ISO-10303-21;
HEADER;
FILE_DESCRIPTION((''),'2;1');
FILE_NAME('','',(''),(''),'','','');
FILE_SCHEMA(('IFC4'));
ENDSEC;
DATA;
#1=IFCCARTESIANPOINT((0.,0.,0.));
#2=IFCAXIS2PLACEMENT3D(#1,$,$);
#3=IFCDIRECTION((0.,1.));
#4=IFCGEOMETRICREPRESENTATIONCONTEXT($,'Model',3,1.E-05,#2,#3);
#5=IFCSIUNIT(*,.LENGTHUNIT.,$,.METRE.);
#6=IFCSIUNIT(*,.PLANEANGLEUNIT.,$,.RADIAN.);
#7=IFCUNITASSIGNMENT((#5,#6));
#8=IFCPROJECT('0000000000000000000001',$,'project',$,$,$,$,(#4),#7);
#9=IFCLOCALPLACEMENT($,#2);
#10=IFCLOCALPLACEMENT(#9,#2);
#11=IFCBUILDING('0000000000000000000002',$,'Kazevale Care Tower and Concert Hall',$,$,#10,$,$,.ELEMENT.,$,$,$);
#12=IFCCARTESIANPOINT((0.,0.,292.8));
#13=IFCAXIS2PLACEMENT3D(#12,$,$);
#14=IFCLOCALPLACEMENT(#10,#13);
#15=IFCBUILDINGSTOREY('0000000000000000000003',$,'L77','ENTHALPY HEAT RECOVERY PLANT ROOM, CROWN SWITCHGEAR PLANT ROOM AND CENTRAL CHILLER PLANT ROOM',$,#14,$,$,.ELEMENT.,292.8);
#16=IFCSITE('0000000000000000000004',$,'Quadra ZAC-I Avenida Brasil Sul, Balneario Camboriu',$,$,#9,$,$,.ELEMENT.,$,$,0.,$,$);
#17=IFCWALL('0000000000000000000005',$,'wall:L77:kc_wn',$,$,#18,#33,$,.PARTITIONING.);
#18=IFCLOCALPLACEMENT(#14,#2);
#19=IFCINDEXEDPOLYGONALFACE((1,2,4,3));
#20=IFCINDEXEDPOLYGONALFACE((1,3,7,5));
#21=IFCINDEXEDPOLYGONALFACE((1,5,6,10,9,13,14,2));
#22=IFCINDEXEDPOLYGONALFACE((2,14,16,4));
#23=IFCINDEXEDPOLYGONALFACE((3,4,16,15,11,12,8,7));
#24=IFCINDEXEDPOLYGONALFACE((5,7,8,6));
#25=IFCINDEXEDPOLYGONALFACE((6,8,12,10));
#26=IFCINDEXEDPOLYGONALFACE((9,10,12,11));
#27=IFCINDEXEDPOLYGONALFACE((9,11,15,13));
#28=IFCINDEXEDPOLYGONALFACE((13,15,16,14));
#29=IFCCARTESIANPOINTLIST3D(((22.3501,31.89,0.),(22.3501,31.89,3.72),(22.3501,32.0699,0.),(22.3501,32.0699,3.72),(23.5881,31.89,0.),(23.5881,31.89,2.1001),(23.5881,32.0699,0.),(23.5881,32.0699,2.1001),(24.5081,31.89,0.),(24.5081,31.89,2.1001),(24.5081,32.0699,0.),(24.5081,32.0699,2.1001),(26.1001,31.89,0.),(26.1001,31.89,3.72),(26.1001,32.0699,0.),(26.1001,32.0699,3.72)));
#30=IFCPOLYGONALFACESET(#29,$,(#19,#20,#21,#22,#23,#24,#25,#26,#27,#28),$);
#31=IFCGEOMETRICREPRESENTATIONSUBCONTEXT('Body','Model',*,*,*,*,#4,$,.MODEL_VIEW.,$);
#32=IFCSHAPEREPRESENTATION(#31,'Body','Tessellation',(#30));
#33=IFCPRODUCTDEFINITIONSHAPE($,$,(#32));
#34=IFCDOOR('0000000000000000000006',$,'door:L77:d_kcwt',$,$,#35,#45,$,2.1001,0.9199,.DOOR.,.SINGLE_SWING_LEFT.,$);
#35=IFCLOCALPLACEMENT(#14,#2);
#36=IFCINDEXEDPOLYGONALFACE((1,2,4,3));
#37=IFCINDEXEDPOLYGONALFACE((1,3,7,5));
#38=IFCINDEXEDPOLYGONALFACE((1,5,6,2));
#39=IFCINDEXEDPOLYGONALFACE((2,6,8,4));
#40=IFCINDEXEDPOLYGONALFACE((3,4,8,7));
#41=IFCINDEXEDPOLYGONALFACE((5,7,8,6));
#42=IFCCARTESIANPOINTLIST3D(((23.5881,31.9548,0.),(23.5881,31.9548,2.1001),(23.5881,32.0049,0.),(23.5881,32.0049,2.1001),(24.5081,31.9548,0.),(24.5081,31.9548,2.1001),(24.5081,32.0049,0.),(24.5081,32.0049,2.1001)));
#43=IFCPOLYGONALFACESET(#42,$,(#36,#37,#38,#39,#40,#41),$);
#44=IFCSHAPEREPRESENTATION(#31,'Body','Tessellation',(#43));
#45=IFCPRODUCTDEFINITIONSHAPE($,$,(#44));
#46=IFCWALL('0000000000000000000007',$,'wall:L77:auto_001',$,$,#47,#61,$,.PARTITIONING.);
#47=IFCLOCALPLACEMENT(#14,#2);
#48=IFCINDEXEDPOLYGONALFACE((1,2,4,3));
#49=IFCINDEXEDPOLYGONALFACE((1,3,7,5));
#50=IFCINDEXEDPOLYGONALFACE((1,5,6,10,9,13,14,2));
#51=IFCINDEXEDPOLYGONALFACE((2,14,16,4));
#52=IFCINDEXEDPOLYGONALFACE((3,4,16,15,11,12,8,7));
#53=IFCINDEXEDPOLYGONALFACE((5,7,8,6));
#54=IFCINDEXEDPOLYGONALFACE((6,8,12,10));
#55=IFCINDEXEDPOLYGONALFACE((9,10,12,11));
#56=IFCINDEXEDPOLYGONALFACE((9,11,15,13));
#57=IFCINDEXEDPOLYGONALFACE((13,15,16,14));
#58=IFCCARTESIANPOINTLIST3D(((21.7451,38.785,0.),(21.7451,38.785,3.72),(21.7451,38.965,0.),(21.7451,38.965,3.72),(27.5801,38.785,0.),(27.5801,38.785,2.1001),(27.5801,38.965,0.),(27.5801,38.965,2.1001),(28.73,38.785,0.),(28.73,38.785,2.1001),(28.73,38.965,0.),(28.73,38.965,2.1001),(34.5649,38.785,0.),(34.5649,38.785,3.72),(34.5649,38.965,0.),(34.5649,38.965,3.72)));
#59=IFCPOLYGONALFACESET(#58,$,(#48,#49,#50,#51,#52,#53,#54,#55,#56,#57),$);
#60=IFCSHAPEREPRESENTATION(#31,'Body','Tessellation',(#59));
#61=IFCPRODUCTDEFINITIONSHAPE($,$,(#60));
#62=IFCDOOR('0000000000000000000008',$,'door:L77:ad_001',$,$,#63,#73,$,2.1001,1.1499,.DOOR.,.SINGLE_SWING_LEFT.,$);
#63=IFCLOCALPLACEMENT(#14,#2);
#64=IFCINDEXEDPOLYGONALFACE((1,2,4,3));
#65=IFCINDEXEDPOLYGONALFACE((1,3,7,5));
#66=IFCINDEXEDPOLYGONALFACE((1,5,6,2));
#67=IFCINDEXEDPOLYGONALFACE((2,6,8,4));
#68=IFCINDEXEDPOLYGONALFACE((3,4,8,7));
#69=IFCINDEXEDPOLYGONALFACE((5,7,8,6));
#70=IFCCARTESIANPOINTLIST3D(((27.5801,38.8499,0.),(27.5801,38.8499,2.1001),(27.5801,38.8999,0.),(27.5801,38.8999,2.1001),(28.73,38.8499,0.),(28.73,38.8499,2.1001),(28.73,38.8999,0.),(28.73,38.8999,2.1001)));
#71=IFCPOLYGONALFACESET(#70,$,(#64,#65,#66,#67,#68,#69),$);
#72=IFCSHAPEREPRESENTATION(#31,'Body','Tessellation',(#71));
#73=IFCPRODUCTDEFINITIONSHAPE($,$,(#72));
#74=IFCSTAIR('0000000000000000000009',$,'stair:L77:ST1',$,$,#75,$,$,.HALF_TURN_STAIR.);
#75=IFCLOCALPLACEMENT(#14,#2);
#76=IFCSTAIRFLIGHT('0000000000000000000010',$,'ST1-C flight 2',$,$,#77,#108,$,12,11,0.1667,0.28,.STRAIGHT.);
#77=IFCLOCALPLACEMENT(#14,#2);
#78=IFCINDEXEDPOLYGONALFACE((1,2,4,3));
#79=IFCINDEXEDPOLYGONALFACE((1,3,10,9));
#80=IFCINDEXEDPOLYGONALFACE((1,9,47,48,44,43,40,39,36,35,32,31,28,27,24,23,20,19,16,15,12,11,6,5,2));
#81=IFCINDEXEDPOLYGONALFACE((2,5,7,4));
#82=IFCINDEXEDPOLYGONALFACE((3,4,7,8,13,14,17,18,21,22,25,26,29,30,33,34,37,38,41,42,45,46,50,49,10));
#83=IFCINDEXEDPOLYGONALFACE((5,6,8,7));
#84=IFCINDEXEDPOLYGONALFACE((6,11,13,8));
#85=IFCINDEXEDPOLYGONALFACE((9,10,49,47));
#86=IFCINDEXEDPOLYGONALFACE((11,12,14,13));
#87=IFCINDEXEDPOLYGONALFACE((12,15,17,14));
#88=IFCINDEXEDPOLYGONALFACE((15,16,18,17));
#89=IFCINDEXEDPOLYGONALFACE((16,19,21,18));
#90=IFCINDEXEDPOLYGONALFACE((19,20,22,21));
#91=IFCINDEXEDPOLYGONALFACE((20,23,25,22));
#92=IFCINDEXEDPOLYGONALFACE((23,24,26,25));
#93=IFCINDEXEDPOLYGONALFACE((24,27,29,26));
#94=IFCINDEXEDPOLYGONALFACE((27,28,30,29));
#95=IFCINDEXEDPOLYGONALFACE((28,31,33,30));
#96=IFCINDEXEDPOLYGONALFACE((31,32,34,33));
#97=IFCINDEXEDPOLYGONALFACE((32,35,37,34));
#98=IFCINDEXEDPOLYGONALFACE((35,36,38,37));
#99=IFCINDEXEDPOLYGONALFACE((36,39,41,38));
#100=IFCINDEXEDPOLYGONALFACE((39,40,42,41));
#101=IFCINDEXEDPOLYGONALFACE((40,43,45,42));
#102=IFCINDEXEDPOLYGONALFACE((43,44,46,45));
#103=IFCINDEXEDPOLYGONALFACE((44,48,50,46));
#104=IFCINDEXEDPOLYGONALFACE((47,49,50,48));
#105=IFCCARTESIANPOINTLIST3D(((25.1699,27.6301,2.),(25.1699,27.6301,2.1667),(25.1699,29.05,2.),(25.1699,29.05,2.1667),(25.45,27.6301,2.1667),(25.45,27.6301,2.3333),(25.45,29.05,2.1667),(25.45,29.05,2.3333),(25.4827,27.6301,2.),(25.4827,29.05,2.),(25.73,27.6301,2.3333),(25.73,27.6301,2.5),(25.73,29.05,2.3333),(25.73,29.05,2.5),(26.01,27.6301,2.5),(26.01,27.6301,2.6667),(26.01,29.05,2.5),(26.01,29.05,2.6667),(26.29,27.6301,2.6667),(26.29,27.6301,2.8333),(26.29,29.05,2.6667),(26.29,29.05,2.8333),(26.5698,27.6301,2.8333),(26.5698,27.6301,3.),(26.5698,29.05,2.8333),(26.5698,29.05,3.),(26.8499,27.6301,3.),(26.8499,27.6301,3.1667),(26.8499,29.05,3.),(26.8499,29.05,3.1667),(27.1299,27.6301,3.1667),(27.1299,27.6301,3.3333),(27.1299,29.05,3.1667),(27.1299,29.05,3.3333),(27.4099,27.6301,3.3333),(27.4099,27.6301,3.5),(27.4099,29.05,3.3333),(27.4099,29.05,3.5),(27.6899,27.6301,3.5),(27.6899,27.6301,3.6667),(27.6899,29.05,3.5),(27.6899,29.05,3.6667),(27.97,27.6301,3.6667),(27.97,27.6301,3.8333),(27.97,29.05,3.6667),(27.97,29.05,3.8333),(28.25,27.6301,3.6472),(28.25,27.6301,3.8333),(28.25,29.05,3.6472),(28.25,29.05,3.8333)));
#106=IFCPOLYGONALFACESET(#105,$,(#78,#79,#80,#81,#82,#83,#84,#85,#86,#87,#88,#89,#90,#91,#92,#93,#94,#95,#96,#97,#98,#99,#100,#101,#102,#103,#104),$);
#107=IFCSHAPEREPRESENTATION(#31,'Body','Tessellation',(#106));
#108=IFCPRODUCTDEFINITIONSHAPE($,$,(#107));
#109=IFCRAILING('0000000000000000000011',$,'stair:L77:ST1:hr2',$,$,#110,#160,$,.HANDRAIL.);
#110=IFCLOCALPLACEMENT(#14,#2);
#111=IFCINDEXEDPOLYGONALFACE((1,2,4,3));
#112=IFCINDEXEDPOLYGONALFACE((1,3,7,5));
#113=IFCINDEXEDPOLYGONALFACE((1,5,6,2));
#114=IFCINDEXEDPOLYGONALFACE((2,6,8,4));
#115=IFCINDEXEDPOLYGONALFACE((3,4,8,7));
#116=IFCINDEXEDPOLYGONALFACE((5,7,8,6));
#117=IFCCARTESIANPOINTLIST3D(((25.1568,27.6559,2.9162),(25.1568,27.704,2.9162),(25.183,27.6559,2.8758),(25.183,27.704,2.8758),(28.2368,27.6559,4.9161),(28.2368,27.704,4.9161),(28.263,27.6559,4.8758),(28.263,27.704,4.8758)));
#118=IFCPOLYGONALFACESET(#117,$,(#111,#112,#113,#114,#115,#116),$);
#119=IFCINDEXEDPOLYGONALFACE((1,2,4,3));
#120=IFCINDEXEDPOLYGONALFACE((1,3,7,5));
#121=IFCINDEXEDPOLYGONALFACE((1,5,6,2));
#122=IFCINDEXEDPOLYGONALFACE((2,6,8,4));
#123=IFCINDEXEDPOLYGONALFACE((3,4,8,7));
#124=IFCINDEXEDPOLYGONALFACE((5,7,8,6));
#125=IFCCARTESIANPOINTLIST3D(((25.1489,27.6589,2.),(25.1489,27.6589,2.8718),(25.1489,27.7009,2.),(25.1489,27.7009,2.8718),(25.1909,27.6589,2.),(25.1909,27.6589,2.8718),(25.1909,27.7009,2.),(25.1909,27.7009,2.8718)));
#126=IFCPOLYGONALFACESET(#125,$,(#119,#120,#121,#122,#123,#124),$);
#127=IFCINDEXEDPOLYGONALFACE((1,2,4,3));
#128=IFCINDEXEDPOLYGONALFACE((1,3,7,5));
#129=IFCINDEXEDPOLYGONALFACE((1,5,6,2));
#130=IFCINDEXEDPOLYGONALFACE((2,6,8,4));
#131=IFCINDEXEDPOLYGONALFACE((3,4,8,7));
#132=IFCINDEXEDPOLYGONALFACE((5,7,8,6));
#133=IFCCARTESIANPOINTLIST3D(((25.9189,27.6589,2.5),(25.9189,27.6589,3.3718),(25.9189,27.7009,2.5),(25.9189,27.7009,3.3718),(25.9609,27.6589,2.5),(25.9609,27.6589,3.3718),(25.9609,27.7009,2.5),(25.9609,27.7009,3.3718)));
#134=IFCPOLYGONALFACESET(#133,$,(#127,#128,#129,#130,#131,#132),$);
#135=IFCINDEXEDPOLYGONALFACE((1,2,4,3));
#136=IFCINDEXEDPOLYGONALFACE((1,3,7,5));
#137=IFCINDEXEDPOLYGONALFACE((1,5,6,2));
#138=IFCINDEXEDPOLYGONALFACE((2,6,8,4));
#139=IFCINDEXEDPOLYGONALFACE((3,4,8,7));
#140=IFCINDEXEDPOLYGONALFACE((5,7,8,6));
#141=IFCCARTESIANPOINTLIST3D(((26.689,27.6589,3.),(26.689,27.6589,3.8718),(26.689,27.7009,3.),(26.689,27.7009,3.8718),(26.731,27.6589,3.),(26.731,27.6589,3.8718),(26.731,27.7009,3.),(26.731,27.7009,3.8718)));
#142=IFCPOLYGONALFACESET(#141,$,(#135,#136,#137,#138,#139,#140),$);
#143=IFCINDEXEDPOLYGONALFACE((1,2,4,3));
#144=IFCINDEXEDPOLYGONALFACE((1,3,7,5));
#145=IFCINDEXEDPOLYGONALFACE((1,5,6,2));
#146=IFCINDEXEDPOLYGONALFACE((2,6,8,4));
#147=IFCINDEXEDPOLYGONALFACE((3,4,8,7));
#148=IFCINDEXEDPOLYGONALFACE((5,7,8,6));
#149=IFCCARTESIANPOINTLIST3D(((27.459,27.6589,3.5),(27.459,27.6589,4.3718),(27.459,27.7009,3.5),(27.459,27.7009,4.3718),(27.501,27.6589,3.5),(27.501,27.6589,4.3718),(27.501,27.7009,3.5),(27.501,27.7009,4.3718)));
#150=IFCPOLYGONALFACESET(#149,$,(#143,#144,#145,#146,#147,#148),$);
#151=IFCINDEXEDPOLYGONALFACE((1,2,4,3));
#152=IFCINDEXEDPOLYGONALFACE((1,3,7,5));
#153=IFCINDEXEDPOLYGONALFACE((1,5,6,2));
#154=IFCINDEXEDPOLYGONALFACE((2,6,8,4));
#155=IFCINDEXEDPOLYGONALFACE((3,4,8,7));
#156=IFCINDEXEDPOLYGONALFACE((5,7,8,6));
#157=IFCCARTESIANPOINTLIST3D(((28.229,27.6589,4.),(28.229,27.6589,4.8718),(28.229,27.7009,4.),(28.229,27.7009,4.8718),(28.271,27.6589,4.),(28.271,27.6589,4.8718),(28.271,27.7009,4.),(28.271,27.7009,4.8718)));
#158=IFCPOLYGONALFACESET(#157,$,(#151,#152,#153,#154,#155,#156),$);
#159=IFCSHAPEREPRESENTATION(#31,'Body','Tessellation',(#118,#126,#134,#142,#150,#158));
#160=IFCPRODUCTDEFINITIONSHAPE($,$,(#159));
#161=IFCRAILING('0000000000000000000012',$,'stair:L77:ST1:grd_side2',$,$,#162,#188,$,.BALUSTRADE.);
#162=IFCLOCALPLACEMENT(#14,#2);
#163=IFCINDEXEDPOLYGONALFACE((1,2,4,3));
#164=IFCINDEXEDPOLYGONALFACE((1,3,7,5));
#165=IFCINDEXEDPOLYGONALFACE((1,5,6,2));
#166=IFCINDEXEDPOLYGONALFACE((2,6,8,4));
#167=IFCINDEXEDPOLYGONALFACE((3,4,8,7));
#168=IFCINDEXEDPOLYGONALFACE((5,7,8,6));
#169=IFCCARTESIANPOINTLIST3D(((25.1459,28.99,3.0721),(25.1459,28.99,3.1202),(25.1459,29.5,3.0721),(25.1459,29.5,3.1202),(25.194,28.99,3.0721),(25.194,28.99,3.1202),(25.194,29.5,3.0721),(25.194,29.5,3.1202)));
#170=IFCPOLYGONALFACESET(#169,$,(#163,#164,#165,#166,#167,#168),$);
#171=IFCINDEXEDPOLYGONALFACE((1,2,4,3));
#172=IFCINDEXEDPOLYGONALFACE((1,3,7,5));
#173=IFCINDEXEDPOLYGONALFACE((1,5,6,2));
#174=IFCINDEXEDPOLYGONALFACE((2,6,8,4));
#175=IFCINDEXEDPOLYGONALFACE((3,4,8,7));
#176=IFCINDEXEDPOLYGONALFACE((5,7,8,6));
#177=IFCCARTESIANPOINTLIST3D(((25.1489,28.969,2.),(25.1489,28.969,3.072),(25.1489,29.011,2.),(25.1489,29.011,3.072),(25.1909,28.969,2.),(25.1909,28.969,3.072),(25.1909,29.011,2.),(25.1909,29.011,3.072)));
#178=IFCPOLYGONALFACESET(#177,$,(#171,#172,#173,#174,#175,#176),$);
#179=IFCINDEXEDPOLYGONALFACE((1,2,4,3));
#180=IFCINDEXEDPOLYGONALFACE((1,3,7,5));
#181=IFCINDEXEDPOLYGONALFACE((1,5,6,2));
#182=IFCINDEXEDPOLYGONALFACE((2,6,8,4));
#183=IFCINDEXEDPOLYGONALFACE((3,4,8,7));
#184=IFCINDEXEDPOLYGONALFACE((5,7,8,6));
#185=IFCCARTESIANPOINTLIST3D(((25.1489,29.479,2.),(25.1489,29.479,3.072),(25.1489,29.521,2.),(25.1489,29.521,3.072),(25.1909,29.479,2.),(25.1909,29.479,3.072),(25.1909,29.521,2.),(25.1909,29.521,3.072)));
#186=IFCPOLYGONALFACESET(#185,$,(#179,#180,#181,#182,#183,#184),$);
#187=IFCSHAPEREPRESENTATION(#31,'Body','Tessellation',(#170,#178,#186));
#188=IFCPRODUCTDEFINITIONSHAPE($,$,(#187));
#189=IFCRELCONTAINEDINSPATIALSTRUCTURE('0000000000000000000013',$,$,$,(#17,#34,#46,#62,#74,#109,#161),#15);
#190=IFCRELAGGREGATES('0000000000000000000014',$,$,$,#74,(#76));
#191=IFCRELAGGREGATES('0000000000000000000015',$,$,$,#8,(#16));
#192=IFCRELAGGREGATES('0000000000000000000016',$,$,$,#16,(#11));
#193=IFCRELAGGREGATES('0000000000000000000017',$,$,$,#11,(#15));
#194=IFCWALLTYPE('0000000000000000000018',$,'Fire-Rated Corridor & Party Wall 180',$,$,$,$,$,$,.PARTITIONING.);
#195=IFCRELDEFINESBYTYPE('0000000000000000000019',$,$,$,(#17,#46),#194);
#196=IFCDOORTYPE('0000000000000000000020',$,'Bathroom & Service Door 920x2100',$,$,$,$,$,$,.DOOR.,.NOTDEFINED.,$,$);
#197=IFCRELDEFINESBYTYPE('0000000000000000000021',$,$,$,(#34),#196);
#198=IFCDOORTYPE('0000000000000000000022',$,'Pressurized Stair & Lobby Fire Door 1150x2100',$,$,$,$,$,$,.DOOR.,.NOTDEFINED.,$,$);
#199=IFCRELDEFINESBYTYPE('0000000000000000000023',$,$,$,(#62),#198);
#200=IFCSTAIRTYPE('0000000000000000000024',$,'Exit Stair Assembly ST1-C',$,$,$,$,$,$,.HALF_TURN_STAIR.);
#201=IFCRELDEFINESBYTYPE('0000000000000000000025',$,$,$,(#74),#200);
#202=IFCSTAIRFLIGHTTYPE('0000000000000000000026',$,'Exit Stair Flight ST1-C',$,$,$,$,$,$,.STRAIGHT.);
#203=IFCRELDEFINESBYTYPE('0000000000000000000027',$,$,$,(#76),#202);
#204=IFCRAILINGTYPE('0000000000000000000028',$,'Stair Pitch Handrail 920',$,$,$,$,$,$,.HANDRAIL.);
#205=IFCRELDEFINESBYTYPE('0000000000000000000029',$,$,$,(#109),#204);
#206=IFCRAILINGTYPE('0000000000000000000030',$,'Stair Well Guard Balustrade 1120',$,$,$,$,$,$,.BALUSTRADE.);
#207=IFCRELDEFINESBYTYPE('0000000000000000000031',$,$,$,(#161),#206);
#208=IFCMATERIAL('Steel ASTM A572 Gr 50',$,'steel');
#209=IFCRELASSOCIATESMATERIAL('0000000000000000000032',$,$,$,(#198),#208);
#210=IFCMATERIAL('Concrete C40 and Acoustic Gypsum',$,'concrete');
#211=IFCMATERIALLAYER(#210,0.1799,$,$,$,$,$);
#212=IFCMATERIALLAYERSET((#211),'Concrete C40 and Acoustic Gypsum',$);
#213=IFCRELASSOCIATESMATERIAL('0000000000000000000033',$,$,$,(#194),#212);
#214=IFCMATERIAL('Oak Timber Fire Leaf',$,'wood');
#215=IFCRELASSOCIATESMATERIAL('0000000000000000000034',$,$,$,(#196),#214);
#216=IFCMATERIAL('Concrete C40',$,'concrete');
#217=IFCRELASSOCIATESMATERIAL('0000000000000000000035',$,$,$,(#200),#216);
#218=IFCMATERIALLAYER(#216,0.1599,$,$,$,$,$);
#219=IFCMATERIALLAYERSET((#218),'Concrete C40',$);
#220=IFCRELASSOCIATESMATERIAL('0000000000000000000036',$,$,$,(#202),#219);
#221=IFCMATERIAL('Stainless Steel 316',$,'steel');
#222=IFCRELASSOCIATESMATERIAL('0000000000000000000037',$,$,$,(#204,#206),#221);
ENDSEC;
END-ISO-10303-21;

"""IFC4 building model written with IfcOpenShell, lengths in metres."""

from ifc_helpers import new_model, si_unit, direction, frame, frame_2d, origin, origin_2d, place, context, subcontext, project, spatial, polyline, rectangle, outline, extrude, material, layer, layer_set, type_object, element, fill, aggregate, save


model = new_model("IFC4")

# Units and contexts
model_context = context("Model", 3, precision=1e-05, world=origin(), true_north=direction((0.0, 1.0)))
body_context = subcontext(model_context, "Body", "Model", "MODEL_VIEW")
ifc_project = project(units=[si_unit("LENGTHUNIT", "METRE"), si_unit("PLANEANGLEUNIT", "RADIAN")], contexts=[model_context])

# Site, building, storey
site_placement = place(None, origin())
site = spatial("IfcSite", under=ifc_project, at=site_placement, Name="Quadra ZAC-I Avenida Brasil Sul, Balneario Camboriu", CompositionType="ELEMENT", RefElevation=0.0)
building_placement = place(site_placement, origin())
building = spatial("IfcBuilding", under=site, at=building_placement, Name="Kazevale Care Tower and Concert Hall", CompositionType="ELEMENT")
storey_placement = place(building_placement, frame((0.0, 0.0, 292.8)))
storey = spatial("IfcBuildingStorey", under=building, at=storey_placement, Name="L77", Description="ENTHALPY HEAT RECOVERY PLANT ROOM, CROWN SWITCHGEAR PLANT ROOM AND CENTRAL CHILLER PLANT ROOM", CompositionType="ELEMENT", Elevation=292.8)

# Shared definitions
ifc_material_1 = material(Name="Steel ASTM A572 Gr 50", Category="steel")

# Shared definitions
door_type_1 = type_object("IfcDoorType", Name="Pressurized Stair & Lobby Fire Door 1150x2100", OperationType="NOTDEFINED", PredefinedType="DOOR", material=ifc_material_1)

# Shared definitions
ifc_material_2 = material(Name="Concrete C40", Category="concrete")

# Shared definitions
ifc_material_3 = material(Name="Stainless Steel 316", Category="steel")

# Walls, openings, doors
ifc_material_4 = material(Name="Concrete C40 and Acoustic Gypsum", Category="concrete")
ifc_layer_1 = layer(ifc_material_4, 0.1799)
ifc_layer_set_1 = layer_set([ifc_layer_1], Name="Concrete C40 and Acoustic Gypsum")
wall_type_1 = type_object("IfcWallType", Name="Fire-Rated Corridor & Party Wall 180", PredefinedType="PARTITIONING", material=ifc_layer_set_1)
ifc_material_5 = material(Name="Oak Timber Fire Leaf", Category="wood")
door_type_2 = type_object("IfcDoorType", Name="Bathroom & Service Door 920x2100", OperationType="NOTDEFINED", PredefinedType="DOOR", material=ifc_material_5)
wall_1_placement = place(storey_placement, frame((22.3501, 31.98, 0.0), z_axis=(0.0, 0.0, 1.0), x_axis=(1.0, 0.0, 0.0)))
wall_1 = element("IfcWall", 1, at=wall_1_placement, inside=storey, type_object=wall_type_1, Name="wall:L77:kc_wn", PredefinedType="PARTITIONING", context=body_context, shape_type="SweptSolid", body=[
    extrude(rectangle(XDim=3.75, YDim=0.1799, at=frame_2d((1.875, 0.0))), origin(), (0.0, 0.0, 1.0), 3.72),
])
opening_1_placement = place(wall_1_placement, frame((1.238, 0.0, 0.0)))
opening_1 = element("IfcOpeningElement", 2, at=opening_1_placement, cuts=wall_1, PredefinedType="OPENING", context=body_context, shape_type="SweptSolid", body=[
    extrude(rectangle(XDim=0.9199, YDim=2.1001, at=frame_2d((0.46, 1.05))), frame((0.0, 0.0999, 0.0), z_axis=(0.0, -1.0, 0.0), x_axis=(1.0, 0.0, 0.0)), (0.0, 0.0, 1.0), 0.2),
])
door_1_placement = place(opening_1_placement, origin())
door_1 = element("IfcDoor", 3, at=door_1_placement, inside=storey, type_object=door_type_2, Name="door:L77:d_kcwt", OperationType="SINGLE_SWING_LEFT", OverallHeight=2.1001, OverallWidth=0.9199, PredefinedType="DOOR", context=body_context, shape_type="SweptSolid", body=[
    extrude(rectangle(XDim=0.9199, YDim=2.1001, at=frame_2d((0.46, 1.05))), frame((0.0, 0.0249, 0.0), z_axis=(0.0, -1.0, 0.0), x_axis=(1.0, 0.0, 0.0)), (0.0, 0.0, 1.0), 0.05),
])
fill(opening_1, door_1)
wall_2_placement = place(storey_placement, frame((21.7451, 38.875, 0.0), z_axis=(0.0, 0.0, 1.0), x_axis=(1.0, 0.0, 0.0)))
wall_2 = element("IfcWall", 4, at=wall_2_placement, inside=storey, type_object=wall_type_1, Name="wall:L77:auto_001", PredefinedType="PARTITIONING", context=body_context, shape_type="SweptSolid", body=[
    extrude(rectangle(XDim=12.8198, YDim=0.1799, at=frame_2d((6.4099, 0.0))), origin(), (0.0, 0.0, 1.0), 3.72),
])
opening_2_placement = place(wall_2_placement, frame((5.835, 0.0, 0.0)))
opening_2 = element("IfcOpeningElement", 5, at=opening_2_placement, cuts=wall_2, PredefinedType="OPENING", context=body_context, shape_type="SweptSolid", body=[
    extrude(rectangle(XDim=1.1499, YDim=2.1001, at=frame_2d((0.575, 1.05))), frame((0.0, 0.0999, 0.0), z_axis=(0.0, -1.0, 0.0), x_axis=(1.0, 0.0, 0.0)), (0.0, 0.0, 1.0), 0.2),
])
door_2_placement = place(opening_2_placement, origin())
door_2 = element("IfcDoor", 6, at=door_2_placement, inside=storey, type_object=door_type_1, Name="door:L77:ad_001", OperationType="SINGLE_SWING_LEFT", OverallHeight=2.1001, OverallWidth=1.1499, PredefinedType="DOOR", context=body_context, shape_type="SweptSolid", body=[
    extrude(rectangle(XDim=1.1499, YDim=2.1001, at=frame_2d((0.575, 1.05))), frame((0.0, 0.0249, 0.0), z_axis=(0.0, -1.0, 0.0), x_axis=(1.0, 0.0, 0.0)), (0.0, 0.0, 1.0), 0.05),
])
fill(opening_2, door_2)

# Stair, stair flight
stair_type = type_object("IfcStairType", Name="Exit Stair Assembly ST1-C", PredefinedType="HALF_TURN_STAIR", material=ifc_material_2)
stair_placement = place(storey_placement, origin())
stair = element("IfcStair", 7, at=stair_placement, inside=storey, type_object=stair_type, Name="stair:L77:ST1", PredefinedType="HALF_TURN_STAIR")
ifc_layer_2 = layer(ifc_material_2, 0.1599)
ifc_layer_set_2 = layer_set([ifc_layer_2], Name="Concrete C40")
stair_flight_type = type_object("IfcStairFlightType", Name="Exit Stair Flight ST1-C", PredefinedType="STRAIGHT", material=ifc_layer_set_2)
stair_flight_placement = place(storey_placement, frame((25.1699, 28.3401, 2.0), z_axis=(0.0, 0.0, 1.0), x_axis=(1.0, 0.0, 0.0)))
stair_flight = element("IfcStairFlight", 8, at=stair_flight_placement, type_object=stair_flight_type, Name="ST1-C flight 2", NumberOfRisers=12, NumberOfTreads=11, PredefinedType="STRAIGHT", RiserHeight=0.1667, TreadLength=0.28, context=body_context, shape_type="SweptSolid", body=[
    extrude(outline(polyline([(0.0, 0.0), (0.0, 0.1667), (0.28, 0.1667), (0.28, 0.3333), (0.5601, 0.3333), (0.5601, 0.5), (0.8401, 0.5), (0.8401, 0.6667), (1.1201, 0.6667), (1.1201, 0.8333), (1.3999, 0.8333), (1.3999, 1.0), (1.6799, 1.0), (1.6799, 1.1667), (1.96, 1.1667), (1.96, 1.3333), (2.24, 1.3333), (2.24, 1.5), (2.52, 1.5), (2.52, 1.6667), (2.8, 1.6667), (2.8, 1.8333), (3.0801, 1.8333), (3.0801, 2.0), (3.0801, 1.6472), (0.3127, 0.0), (0.0, 0.0)])), frame((0.0, 0.71, 0.0), z_axis=(0.0, -1.0, 0.0), x_axis=(1.0, 0.0, 0.0)), (0.0, 0.0, 1.0), 1.4199),
])
aggregate(stair, [stair_flight])

# Railings
railing_type_1 = type_object("IfcRailingType", Name="Stair Pitch Handrail 920", PredefinedType="HANDRAIL", material=ifc_material_3)
railing_1_placement = place(storey_placement, frame((25.1699, 27.6799, 2.0)))
element("IfcRailing", 9, at=railing_1_placement, inside=storey, type_object=railing_type_1, Name="stair:L77:ST1:hr2", PredefinedType="HANDRAIL", context=body_context, shape_type="SweptSolid", body=[
    extrude(rectangle(XDim=0.0481, YDim=0.0481, at=origin_2d()), frame((0.0, 0.0, 0.896), z_axis=(0.838699, 0.0, 0.544596), x_axis=(0.0, 1.0, 0.0)), (0.0, 0.0, 1.0), 3.6724),
    extrude(rectangle(XDim=0.042, YDim=0.042, at=origin_2d()), origin(), (0.0, 0.0, 1.0), 0.8718),
    extrude(rectangle(XDim=0.042, YDim=0.042, at=origin_2d()), frame((0.77, 0.0, 0.5)), (0.0, 0.0, 1.0), 0.8718),
    extrude(rectangle(XDim=0.042, YDim=0.042, at=origin_2d()), frame((1.54, 0.0, 1.0)), (0.0, 0.0, 1.0), 0.8718),
    extrude(rectangle(XDim=0.042, YDim=0.042, at=origin_2d()), frame((2.3101, 0.0, 1.5)), (0.0, 0.0, 1.0), 0.8718),
    extrude(rectangle(XDim=0.042, YDim=0.042, at=origin_2d()), frame((3.0801, 0.0, 2.0)), (0.0, 0.0, 1.0), 0.8718),
])
railing_type_2 = type_object("IfcRailingType", Name="Stair Well Guard Balustrade 1120", PredefinedType="BALUSTRADE", material=ifc_material_3)
railing_2_placement = place(storey_placement, frame((25.1699, 28.99, 2.0)))
element("IfcRailing", 10, at=railing_2_placement, inside=storey, type_object=railing_type_2, Name="stair:L77:ST1:grd_side2", PredefinedType="BALUSTRADE", context=body_context, shape_type="SweptSolid", body=[
    extrude(rectangle(XDim=0.0481, YDim=0.0481, at=origin_2d()), frame((0.0, 0.0, 1.0962), z_axis=(0.0, 1.0, 0.0), x_axis=(-1.0, 0.0, 0.0)), (0.0, 0.0, 1.0), 0.51),
    extrude(rectangle(XDim=0.042, YDim=0.042, at=origin_2d()), origin(), (0.0, 0.0, 1.0), 1.072),
    extrude(rectangle(XDim=0.042, YDim=0.042, at=origin_2d()), frame((0.0, 0.51, 0.0)), (0.0, 0.0, 1.0), 1.072),
])

save(model, "model.ifc")
